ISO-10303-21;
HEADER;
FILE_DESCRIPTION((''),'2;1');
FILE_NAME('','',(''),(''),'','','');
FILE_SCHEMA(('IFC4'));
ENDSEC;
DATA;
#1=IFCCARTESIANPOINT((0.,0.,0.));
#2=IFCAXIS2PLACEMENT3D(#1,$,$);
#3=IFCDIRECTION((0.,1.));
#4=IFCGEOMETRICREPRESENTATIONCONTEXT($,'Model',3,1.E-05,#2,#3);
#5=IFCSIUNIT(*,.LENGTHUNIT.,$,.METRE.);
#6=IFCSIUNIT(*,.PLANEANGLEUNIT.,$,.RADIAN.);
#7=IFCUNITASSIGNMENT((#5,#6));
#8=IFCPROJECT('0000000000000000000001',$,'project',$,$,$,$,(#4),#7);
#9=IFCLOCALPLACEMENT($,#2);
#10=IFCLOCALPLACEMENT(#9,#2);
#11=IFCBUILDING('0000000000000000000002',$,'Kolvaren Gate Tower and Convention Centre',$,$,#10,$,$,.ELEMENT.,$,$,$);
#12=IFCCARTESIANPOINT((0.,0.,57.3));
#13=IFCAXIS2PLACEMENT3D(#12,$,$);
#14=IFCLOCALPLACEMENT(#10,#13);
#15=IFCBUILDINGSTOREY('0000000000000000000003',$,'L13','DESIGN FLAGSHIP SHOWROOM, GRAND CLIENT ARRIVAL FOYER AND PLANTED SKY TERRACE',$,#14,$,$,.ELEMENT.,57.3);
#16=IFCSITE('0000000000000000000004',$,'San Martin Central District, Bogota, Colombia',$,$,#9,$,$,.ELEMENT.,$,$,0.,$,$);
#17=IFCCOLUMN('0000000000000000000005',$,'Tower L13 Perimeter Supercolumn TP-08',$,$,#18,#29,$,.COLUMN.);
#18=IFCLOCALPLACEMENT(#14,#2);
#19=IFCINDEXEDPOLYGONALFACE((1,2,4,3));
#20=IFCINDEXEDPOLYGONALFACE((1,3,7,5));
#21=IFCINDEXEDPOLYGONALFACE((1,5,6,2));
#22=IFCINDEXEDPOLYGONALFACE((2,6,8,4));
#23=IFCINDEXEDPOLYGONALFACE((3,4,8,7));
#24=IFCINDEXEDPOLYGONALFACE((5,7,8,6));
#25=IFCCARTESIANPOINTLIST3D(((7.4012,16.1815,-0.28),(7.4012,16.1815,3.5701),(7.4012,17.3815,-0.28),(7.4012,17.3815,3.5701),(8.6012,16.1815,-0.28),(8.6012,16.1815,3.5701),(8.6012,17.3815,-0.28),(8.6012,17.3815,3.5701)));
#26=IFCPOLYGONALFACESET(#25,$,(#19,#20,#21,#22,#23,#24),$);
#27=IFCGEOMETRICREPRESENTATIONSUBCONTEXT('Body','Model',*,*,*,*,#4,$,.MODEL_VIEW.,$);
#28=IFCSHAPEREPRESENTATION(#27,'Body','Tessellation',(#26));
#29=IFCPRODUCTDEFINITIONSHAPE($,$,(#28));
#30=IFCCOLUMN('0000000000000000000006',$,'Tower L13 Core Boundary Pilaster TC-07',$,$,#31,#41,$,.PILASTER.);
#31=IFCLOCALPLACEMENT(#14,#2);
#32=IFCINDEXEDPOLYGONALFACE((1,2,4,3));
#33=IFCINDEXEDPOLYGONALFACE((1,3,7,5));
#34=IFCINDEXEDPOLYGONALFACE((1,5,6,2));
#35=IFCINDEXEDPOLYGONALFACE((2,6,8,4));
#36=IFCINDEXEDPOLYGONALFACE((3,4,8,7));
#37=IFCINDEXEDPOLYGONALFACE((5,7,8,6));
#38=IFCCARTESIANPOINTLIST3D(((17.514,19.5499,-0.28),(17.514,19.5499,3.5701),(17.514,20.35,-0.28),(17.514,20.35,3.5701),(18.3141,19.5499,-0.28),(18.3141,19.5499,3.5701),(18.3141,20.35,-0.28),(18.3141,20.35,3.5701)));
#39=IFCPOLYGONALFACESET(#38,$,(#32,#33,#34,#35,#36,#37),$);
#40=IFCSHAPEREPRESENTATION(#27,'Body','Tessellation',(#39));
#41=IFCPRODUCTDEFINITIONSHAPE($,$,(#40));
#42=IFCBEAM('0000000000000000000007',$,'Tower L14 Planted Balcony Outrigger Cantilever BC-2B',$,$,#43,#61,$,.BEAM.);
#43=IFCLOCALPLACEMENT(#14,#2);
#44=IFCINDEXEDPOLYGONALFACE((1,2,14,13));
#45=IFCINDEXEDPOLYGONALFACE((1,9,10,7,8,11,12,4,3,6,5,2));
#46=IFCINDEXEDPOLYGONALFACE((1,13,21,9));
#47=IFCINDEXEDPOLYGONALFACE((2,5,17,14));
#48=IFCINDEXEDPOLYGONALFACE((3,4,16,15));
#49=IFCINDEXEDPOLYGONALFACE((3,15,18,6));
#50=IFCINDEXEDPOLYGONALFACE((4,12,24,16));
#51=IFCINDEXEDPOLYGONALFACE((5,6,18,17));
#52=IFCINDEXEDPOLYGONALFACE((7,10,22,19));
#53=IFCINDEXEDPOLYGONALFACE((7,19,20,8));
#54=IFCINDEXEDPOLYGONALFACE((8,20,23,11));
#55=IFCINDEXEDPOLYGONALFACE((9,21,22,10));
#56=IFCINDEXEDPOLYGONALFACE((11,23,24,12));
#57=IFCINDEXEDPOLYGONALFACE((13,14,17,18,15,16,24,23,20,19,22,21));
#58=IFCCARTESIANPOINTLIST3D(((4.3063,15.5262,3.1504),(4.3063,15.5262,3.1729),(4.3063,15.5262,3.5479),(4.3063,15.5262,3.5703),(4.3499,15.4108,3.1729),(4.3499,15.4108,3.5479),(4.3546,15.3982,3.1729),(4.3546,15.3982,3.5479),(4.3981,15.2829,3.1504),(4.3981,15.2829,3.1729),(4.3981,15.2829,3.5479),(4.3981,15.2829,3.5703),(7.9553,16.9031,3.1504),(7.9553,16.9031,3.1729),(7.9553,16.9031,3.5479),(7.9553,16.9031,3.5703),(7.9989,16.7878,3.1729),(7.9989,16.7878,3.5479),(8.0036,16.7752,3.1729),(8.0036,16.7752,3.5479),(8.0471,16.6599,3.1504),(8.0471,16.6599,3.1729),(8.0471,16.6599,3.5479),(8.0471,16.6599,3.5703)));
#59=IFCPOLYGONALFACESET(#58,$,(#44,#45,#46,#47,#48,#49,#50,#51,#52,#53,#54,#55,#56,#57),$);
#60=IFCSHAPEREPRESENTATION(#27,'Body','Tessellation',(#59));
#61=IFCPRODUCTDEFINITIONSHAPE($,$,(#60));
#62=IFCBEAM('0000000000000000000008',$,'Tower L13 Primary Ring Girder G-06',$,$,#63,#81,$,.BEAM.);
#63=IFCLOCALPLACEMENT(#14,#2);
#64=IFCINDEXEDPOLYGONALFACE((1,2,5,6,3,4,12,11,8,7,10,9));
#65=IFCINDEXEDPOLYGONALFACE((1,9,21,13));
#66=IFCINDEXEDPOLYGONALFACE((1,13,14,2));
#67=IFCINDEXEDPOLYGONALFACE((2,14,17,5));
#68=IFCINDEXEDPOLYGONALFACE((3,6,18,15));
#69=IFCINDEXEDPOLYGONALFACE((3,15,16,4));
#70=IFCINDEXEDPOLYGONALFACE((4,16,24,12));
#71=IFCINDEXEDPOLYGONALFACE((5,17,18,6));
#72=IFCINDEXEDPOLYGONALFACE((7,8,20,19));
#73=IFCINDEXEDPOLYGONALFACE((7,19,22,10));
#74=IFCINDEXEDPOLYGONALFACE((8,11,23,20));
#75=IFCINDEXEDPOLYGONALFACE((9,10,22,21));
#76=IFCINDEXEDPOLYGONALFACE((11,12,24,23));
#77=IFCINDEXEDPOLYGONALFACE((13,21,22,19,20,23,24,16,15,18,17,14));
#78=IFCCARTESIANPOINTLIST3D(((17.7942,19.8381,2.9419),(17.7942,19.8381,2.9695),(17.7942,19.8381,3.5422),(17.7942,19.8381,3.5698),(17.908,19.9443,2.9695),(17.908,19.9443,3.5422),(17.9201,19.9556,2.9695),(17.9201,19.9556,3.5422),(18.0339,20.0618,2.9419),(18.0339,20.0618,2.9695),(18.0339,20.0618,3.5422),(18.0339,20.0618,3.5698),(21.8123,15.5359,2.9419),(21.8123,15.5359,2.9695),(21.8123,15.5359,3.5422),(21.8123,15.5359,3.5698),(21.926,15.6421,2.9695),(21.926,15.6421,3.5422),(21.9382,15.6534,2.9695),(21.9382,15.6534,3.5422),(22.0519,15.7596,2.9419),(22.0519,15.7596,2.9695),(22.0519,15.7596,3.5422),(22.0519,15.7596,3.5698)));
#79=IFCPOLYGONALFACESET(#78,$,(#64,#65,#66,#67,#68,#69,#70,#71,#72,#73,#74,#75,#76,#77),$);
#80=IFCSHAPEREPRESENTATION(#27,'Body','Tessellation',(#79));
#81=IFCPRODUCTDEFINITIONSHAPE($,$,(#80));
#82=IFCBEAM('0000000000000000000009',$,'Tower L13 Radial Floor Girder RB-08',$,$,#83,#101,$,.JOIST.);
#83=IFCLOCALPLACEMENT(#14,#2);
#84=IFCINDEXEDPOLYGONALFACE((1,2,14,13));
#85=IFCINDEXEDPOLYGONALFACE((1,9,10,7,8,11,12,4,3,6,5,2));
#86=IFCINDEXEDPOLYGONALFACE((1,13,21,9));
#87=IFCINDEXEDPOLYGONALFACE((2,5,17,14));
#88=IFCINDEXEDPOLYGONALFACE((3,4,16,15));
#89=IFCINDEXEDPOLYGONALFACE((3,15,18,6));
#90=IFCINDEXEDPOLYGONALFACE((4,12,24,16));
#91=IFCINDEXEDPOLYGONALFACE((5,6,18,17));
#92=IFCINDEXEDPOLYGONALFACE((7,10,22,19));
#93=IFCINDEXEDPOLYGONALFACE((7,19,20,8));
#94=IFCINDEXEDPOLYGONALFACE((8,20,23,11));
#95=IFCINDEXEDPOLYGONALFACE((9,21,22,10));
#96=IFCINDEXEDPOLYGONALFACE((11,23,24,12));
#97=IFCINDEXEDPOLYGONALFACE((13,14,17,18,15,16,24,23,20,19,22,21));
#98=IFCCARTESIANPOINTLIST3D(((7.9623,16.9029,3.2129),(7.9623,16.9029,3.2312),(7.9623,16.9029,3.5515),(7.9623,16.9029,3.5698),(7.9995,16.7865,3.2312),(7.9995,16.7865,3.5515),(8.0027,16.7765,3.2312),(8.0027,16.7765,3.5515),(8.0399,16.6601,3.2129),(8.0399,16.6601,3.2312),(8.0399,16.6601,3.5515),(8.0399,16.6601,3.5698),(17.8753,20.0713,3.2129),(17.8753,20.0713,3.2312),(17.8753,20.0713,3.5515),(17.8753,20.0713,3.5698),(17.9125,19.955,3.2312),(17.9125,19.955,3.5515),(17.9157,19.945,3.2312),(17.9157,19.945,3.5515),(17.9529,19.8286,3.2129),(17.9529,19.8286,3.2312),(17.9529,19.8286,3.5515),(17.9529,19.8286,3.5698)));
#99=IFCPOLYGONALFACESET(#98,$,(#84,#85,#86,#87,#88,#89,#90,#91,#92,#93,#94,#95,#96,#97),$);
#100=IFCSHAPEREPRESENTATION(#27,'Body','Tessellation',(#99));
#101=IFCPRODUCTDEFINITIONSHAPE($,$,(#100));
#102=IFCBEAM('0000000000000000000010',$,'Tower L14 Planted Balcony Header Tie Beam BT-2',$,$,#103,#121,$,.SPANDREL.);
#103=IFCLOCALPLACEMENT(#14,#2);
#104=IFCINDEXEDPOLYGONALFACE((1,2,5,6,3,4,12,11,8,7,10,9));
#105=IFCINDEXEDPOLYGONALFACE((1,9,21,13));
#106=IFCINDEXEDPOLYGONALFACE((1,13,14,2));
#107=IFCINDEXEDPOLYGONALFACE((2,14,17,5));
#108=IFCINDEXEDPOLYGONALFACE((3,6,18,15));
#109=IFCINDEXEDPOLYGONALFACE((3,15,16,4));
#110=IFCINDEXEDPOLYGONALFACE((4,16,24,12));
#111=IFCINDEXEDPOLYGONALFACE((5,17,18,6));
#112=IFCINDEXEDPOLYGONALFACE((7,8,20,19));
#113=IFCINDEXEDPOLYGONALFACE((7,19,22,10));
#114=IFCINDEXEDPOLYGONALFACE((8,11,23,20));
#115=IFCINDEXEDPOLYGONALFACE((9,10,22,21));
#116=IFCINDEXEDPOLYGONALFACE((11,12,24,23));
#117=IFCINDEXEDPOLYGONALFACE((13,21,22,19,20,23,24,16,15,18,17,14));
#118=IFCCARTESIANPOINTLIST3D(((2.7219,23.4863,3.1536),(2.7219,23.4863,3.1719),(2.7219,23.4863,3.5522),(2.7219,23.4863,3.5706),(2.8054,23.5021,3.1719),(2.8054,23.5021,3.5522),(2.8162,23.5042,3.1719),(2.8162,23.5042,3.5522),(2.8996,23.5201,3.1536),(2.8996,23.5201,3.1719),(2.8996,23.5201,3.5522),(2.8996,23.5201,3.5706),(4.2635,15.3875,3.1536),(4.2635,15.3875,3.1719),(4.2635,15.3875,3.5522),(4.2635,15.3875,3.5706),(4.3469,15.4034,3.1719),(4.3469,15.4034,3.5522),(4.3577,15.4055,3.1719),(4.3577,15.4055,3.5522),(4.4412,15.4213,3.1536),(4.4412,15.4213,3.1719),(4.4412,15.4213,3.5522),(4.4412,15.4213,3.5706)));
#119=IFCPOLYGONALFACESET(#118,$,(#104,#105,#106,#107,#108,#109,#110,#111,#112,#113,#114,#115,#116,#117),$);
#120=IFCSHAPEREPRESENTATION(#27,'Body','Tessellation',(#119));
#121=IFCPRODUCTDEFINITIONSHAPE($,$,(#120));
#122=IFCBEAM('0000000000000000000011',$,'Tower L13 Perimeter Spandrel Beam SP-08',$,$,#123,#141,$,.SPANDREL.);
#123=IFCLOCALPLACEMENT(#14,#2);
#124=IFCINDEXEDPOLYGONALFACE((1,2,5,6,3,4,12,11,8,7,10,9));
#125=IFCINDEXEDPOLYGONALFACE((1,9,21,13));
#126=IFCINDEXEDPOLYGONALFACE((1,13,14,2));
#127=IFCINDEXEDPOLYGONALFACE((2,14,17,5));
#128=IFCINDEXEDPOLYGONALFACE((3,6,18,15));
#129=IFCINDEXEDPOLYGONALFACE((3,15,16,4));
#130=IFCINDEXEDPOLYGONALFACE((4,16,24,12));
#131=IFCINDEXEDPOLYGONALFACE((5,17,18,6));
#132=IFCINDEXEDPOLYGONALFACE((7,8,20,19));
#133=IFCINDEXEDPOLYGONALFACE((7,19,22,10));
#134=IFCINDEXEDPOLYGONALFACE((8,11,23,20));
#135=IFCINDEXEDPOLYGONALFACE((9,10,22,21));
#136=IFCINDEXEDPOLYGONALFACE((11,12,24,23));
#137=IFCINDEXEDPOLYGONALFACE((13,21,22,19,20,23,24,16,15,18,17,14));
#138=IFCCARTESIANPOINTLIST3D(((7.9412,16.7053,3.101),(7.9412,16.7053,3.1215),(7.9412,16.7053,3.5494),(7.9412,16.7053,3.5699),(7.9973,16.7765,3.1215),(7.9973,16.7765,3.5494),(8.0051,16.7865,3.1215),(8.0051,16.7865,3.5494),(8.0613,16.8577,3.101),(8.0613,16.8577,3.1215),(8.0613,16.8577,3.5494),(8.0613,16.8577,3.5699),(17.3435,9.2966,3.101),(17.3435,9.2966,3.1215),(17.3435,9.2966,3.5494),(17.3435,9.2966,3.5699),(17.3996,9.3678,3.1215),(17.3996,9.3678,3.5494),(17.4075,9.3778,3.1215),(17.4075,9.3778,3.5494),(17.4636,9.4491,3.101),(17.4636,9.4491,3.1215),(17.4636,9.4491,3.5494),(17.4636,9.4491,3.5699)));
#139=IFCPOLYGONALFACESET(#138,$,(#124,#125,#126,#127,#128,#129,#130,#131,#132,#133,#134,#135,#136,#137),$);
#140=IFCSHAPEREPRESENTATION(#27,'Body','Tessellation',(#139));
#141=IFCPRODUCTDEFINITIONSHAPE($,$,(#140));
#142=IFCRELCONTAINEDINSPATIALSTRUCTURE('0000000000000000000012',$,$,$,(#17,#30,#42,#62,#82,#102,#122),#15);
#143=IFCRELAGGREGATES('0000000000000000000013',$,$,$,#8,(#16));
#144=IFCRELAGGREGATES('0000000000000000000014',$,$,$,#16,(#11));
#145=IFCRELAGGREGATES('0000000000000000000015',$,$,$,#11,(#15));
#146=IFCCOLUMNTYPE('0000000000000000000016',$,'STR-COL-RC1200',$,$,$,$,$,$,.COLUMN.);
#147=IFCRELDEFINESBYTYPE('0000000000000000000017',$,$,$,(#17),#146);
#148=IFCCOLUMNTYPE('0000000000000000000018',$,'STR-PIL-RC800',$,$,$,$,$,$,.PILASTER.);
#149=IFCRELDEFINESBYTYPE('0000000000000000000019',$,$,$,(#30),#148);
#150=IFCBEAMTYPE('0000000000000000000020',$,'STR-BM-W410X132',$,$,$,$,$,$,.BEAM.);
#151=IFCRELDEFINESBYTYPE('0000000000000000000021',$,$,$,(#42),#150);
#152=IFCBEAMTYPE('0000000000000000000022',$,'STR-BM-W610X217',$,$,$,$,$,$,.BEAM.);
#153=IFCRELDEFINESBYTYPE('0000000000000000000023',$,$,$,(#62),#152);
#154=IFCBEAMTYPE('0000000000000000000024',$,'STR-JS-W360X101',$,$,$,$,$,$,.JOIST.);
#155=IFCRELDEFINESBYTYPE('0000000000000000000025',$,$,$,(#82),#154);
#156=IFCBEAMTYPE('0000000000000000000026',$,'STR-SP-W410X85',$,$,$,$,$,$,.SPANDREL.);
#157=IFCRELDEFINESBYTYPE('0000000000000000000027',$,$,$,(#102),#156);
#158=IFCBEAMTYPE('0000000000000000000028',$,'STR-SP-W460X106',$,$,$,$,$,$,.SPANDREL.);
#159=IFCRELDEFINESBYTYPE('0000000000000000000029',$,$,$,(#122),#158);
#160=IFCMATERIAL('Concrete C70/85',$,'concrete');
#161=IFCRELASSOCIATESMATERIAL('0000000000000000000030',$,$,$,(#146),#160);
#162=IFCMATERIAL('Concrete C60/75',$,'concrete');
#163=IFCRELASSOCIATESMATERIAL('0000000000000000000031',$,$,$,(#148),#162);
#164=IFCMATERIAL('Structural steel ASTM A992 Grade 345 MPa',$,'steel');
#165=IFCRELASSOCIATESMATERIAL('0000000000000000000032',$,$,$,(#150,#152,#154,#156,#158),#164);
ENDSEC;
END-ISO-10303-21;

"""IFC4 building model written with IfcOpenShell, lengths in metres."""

from ifc_helpers import new_model, si_unit, direction, frame, origin, origin_2d, place, context, subcontext, project, spatial, rectangle, i_section, extrude, material, material_profile, profile_set, type_object, element, save


model = new_model("IFC4")

# Units and contexts
model_context = context("Model", 3, precision=1e-05, world=origin(), true_north=direction((0.0, 1.0)))
body_context = subcontext(model_context, "Body", "Model", "MODEL_VIEW")
ifc_project = project(units=[si_unit("LENGTHUNIT", "METRE"), si_unit("PLANEANGLEUNIT", "RADIAN")], contexts=[model_context])

# Site, building, storey
site_placement = place(None, origin())
site = spatial("IfcSite", under=ifc_project, at=site_placement, Name="San Martin Central District, Bogota, Colombia", CompositionType="ELEMENT", RefElevation=0.0)
building_placement = place(site_placement, origin())
building = spatial("IfcBuilding", under=site, at=building_placement, Name="Kolvaren Gate Tower and Convention Centre", CompositionType="ELEMENT")
storey_placement = place(building_placement, frame((0.0, 0.0, 57.3)))
storey = spatial("IfcBuildingStorey", under=building, at=storey_placement, Name="L13", Description="DESIGN FLAGSHIP SHOWROOM, GRAND CLIENT ARRIVAL FOYER AND PLANTED SKY TERRACE", CompositionType="ELEMENT", Elevation=57.3)

# Columns
ifc_material_1 = material(Name="Concrete C70/85", Category="concrete")
ifc_material_profile_1 = material_profile(ifc_material_1, rectangle(XDim=1.2, YDim=1.2, at=origin_2d()), Name="RC-COL-1200X1200")
ifc_profile_set_1 = profile_set([ifc_material_profile_1], Name="Concrete C70/85")
column_type_1 = type_object("IfcColumnType", Name="STR-COL-RC1200", PredefinedType="COLUMN", material=ifc_profile_set_1)
column_1_placement = place(storey_placement, frame((8.0012, 16.7815, -0.28), z_axis=(0.0, 0.0, 1.0), x_axis=(1.0, 0.0, 0.0)))
element("IfcColumn", 1, at=column_1_placement, inside=storey, type_object=column_type_1, Name="Tower L13 Perimeter Supercolumn TP-08", PredefinedType="COLUMN", context=body_context, shape_type="SweptSolid", body=[
    extrude(rectangle(XDim=1.2, YDim=1.2, at=origin_2d()), origin(), (0.0, 0.0, 1.0), 3.8501),
])
ifc_material_2 = material(Name="Concrete C60/75", Category="concrete")
ifc_material_profile_2 = material_profile(ifc_material_2, rectangle(XDim=0.8, YDim=0.8, at=origin_2d()), Name="RC-COL-800X800")
ifc_profile_set_2 = profile_set([ifc_material_profile_2], Name="Concrete C60/75")
column_type_2 = type_object("IfcColumnType", Name="STR-PIL-RC800", PredefinedType="PILASTER", material=ifc_profile_set_2)
column_2_placement = place(storey_placement, frame((17.9141, 19.95, -0.28), z_axis=(0.0, 0.0, 1.0), x_axis=(1.0, 0.0, 0.0)))
element("IfcColumn", 2, at=column_2_placement, inside=storey, type_object=column_type_2, Name="Tower L13 Core Boundary Pilaster TC-07", PredefinedType="PILASTER", context=body_context, shape_type="SweptSolid", body=[
    extrude(rectangle(XDim=0.8, YDim=0.8, at=origin_2d()), origin(), (0.0, 0.0, 1.0), 3.8501),
])

# Beams
ifc_material_3 = material(Name="Structural steel ASTM A992 Grade 345 MPa", Category="steel")
ifc_material_profile_3 = material_profile(ifc_material_3, i_section(OverallWidth=0.26, OverallDepth=0.4199, WebThickness=0.0134, FlangeThickness=0.0225, at=origin_2d()), Name="W410X132")
ifc_profile_set_3 = profile_set([ifc_material_profile_3], Name="Structural steel ASTM A992 Grade 345 MPa")
beam_type_1 = type_object("IfcBeamType", Name="STR-BM-W410X132", PredefinedType="BEAM", material=ifc_profile_set_3)
beam_1_placement = place(storey_placement, frame((8.0012, 16.7815, 3.3604), z_axis=(-0.935602, -0.353057, 0.0), x_axis=(0.353057, -0.935602, 0.0)))
element("IfcBeam", 3, at=beam_1_placement, inside=storey, type_object=beam_type_1, Name="Tower L14 Planted Balcony Outrigger Cantilever BC-2B", PredefinedType="BEAM", context=body_context, shape_type="SweptSolid", body=[
    extrude(i_section(OverallWidth=0.26, OverallDepth=0.4199, WebThickness=0.0134, FlangeThickness=0.0225, at=origin_2d()), origin(), (0.0, 0.0, 1.0), 3.9001),
])
ifc_material_profile_4 = material_profile(ifc_material_3, i_section(OverallWidth=0.3279, OverallDepth=0.6279, WebThickness=0.0166, FlangeThickness=0.0276, at=origin_2d()), Name="W610X217")
ifc_profile_set_4 = profile_set([ifc_material_profile_4], Name="Structural steel ASTM A992 Grade 345 MPa")
beam_type_2 = type_object("IfcBeamType", Name="STR-BM-W610X217", PredefinedType="BEAM", material=ifc_profile_set_4)
beam_2_placement = place(storey_placement, frame((17.9141, 19.95, 3.2559), z_axis=(0.682558, -0.730832, 0.0), x_axis=(0.730832, 0.682558, 0.0)))
element("IfcBeam", 4, at=beam_2_placement, inside=storey, type_object=beam_type_2, Name="Tower L13 Primary Ring Girder G-06", PredefinedType="BEAM", context=body_context, shape_type="SweptSolid", body=[
    extrude(i_section(OverallWidth=0.3279, OverallDepth=0.6279, WebThickness=0.0166, FlangeThickness=0.0276, at=origin_2d()), origin(), (0.0, 0.0, 1.0), 5.8867),
])
ifc_material_profile_5 = material_profile(ifc_material_3, i_section(OverallWidth=0.2549, OverallDepth=0.3569, WebThickness=0.0105, FlangeThickness=0.0183, at=origin_2d()), Name="W360X101")
ifc_profile_set_5 = profile_set([ifc_material_profile_5], Name="Structural steel ASTM A992 Grade 345 MPa")
beam_type_3 = type_object("IfcBeamType", Name="STR-JS-W360X101", PredefinedType="JOIST", material=ifc_profile_set_5)
beam_3_placement = place(storey_placement, frame((17.9141, 19.95, 3.3914), z_axis=(-0.952526, -0.304457, 0.0), x_axis=(0.304457, -0.952526, 0.0)))
element("IfcBeam", 5, at=beam_3_placement, inside=storey, type_object=beam_type_3, Name="Tower L13 Radial Floor Girder RB-08", PredefinedType="JOIST", context=body_context, shape_type="SweptSolid", body=[
    extrude(i_section(OverallWidth=0.2549, OverallDepth=0.3569, WebThickness=0.0105, FlangeThickness=0.0183, at=origin_2d()), origin(), (0.0, 0.0, 1.0), 10.407),
])
ifc_material_profile_6 = material_profile(ifc_material_3, i_section(OverallWidth=0.1809, OverallDepth=0.417, WebThickness=0.011, FlangeThickness=0.0183, at=origin_2d()), Name="W410X85")
ifc_profile_set_6 = profile_set([ifc_material_profile_6], Name="Structural steel ASTM A992 Grade 345 MPa")
beam_type_4 = type_object("IfcBeamType", Name="STR-SP-W410X85", PredefinedType="SPANDREL", material=ifc_profile_set_6)
beam_4_placement = place(storey_placement, frame((2.8108, 23.5032, 3.3621), z_axis=(0.186984, -0.982363, 0.0), x_axis=(0.982363, 0.186984, 0.0)))
element("IfcBeam", 6, at=beam_4_placement, inside=storey, type_object=beam_type_4, Name="Tower L14 Planted Balcony Header Tie Beam BT-2", PredefinedType="SPANDREL", context=body_context, shape_type="SweptSolid", body=[
    extrude(i_section(OverallWidth=0.1809, OverallDepth=0.417, WebThickness=0.011, FlangeThickness=0.0183, at=origin_2d()), origin(), (0.0, 0.0, 1.0), 8.2441),
])
ifc_material_profile_7 = material_profile(ifc_material_3, i_section(OverallWidth=0.1941, OverallDepth=0.469, WebThickness=0.0127, FlangeThickness=0.0205, at=origin_2d()), Name="W460X106")
ifc_profile_set_7 = profile_set([ifc_material_profile_7], Name="Structural steel ASTM A992 Grade 345 MPa")
beam_type_5 = type_object("IfcBeamType", Name="STR-SP-W460X106", PredefinedType="SPANDREL", material=ifc_profile_set_7)
beam_5_placement = place(storey_placement, frame((8.0012, 16.7815, 3.3354), z_axis=(0.78546, -0.618913, 0.0), x_axis=(0.618913, 0.78546, 0.0)))
element("IfcBeam", 7, at=beam_5_placement, inside=storey, type_object=beam_type_5, Name="Tower L13 Perimeter Spandrel Beam SP-08", PredefinedType="SPANDREL", context=body_context, shape_type="SweptSolid", body=[
    extrude(i_section(OverallWidth=0.1941, OverallDepth=0.469, WebThickness=0.0127, FlangeThickness=0.0205, at=origin_2d()), origin(), (0.0, 0.0, 1.0), 11.9705),
])

save(model, "model.ifc")
